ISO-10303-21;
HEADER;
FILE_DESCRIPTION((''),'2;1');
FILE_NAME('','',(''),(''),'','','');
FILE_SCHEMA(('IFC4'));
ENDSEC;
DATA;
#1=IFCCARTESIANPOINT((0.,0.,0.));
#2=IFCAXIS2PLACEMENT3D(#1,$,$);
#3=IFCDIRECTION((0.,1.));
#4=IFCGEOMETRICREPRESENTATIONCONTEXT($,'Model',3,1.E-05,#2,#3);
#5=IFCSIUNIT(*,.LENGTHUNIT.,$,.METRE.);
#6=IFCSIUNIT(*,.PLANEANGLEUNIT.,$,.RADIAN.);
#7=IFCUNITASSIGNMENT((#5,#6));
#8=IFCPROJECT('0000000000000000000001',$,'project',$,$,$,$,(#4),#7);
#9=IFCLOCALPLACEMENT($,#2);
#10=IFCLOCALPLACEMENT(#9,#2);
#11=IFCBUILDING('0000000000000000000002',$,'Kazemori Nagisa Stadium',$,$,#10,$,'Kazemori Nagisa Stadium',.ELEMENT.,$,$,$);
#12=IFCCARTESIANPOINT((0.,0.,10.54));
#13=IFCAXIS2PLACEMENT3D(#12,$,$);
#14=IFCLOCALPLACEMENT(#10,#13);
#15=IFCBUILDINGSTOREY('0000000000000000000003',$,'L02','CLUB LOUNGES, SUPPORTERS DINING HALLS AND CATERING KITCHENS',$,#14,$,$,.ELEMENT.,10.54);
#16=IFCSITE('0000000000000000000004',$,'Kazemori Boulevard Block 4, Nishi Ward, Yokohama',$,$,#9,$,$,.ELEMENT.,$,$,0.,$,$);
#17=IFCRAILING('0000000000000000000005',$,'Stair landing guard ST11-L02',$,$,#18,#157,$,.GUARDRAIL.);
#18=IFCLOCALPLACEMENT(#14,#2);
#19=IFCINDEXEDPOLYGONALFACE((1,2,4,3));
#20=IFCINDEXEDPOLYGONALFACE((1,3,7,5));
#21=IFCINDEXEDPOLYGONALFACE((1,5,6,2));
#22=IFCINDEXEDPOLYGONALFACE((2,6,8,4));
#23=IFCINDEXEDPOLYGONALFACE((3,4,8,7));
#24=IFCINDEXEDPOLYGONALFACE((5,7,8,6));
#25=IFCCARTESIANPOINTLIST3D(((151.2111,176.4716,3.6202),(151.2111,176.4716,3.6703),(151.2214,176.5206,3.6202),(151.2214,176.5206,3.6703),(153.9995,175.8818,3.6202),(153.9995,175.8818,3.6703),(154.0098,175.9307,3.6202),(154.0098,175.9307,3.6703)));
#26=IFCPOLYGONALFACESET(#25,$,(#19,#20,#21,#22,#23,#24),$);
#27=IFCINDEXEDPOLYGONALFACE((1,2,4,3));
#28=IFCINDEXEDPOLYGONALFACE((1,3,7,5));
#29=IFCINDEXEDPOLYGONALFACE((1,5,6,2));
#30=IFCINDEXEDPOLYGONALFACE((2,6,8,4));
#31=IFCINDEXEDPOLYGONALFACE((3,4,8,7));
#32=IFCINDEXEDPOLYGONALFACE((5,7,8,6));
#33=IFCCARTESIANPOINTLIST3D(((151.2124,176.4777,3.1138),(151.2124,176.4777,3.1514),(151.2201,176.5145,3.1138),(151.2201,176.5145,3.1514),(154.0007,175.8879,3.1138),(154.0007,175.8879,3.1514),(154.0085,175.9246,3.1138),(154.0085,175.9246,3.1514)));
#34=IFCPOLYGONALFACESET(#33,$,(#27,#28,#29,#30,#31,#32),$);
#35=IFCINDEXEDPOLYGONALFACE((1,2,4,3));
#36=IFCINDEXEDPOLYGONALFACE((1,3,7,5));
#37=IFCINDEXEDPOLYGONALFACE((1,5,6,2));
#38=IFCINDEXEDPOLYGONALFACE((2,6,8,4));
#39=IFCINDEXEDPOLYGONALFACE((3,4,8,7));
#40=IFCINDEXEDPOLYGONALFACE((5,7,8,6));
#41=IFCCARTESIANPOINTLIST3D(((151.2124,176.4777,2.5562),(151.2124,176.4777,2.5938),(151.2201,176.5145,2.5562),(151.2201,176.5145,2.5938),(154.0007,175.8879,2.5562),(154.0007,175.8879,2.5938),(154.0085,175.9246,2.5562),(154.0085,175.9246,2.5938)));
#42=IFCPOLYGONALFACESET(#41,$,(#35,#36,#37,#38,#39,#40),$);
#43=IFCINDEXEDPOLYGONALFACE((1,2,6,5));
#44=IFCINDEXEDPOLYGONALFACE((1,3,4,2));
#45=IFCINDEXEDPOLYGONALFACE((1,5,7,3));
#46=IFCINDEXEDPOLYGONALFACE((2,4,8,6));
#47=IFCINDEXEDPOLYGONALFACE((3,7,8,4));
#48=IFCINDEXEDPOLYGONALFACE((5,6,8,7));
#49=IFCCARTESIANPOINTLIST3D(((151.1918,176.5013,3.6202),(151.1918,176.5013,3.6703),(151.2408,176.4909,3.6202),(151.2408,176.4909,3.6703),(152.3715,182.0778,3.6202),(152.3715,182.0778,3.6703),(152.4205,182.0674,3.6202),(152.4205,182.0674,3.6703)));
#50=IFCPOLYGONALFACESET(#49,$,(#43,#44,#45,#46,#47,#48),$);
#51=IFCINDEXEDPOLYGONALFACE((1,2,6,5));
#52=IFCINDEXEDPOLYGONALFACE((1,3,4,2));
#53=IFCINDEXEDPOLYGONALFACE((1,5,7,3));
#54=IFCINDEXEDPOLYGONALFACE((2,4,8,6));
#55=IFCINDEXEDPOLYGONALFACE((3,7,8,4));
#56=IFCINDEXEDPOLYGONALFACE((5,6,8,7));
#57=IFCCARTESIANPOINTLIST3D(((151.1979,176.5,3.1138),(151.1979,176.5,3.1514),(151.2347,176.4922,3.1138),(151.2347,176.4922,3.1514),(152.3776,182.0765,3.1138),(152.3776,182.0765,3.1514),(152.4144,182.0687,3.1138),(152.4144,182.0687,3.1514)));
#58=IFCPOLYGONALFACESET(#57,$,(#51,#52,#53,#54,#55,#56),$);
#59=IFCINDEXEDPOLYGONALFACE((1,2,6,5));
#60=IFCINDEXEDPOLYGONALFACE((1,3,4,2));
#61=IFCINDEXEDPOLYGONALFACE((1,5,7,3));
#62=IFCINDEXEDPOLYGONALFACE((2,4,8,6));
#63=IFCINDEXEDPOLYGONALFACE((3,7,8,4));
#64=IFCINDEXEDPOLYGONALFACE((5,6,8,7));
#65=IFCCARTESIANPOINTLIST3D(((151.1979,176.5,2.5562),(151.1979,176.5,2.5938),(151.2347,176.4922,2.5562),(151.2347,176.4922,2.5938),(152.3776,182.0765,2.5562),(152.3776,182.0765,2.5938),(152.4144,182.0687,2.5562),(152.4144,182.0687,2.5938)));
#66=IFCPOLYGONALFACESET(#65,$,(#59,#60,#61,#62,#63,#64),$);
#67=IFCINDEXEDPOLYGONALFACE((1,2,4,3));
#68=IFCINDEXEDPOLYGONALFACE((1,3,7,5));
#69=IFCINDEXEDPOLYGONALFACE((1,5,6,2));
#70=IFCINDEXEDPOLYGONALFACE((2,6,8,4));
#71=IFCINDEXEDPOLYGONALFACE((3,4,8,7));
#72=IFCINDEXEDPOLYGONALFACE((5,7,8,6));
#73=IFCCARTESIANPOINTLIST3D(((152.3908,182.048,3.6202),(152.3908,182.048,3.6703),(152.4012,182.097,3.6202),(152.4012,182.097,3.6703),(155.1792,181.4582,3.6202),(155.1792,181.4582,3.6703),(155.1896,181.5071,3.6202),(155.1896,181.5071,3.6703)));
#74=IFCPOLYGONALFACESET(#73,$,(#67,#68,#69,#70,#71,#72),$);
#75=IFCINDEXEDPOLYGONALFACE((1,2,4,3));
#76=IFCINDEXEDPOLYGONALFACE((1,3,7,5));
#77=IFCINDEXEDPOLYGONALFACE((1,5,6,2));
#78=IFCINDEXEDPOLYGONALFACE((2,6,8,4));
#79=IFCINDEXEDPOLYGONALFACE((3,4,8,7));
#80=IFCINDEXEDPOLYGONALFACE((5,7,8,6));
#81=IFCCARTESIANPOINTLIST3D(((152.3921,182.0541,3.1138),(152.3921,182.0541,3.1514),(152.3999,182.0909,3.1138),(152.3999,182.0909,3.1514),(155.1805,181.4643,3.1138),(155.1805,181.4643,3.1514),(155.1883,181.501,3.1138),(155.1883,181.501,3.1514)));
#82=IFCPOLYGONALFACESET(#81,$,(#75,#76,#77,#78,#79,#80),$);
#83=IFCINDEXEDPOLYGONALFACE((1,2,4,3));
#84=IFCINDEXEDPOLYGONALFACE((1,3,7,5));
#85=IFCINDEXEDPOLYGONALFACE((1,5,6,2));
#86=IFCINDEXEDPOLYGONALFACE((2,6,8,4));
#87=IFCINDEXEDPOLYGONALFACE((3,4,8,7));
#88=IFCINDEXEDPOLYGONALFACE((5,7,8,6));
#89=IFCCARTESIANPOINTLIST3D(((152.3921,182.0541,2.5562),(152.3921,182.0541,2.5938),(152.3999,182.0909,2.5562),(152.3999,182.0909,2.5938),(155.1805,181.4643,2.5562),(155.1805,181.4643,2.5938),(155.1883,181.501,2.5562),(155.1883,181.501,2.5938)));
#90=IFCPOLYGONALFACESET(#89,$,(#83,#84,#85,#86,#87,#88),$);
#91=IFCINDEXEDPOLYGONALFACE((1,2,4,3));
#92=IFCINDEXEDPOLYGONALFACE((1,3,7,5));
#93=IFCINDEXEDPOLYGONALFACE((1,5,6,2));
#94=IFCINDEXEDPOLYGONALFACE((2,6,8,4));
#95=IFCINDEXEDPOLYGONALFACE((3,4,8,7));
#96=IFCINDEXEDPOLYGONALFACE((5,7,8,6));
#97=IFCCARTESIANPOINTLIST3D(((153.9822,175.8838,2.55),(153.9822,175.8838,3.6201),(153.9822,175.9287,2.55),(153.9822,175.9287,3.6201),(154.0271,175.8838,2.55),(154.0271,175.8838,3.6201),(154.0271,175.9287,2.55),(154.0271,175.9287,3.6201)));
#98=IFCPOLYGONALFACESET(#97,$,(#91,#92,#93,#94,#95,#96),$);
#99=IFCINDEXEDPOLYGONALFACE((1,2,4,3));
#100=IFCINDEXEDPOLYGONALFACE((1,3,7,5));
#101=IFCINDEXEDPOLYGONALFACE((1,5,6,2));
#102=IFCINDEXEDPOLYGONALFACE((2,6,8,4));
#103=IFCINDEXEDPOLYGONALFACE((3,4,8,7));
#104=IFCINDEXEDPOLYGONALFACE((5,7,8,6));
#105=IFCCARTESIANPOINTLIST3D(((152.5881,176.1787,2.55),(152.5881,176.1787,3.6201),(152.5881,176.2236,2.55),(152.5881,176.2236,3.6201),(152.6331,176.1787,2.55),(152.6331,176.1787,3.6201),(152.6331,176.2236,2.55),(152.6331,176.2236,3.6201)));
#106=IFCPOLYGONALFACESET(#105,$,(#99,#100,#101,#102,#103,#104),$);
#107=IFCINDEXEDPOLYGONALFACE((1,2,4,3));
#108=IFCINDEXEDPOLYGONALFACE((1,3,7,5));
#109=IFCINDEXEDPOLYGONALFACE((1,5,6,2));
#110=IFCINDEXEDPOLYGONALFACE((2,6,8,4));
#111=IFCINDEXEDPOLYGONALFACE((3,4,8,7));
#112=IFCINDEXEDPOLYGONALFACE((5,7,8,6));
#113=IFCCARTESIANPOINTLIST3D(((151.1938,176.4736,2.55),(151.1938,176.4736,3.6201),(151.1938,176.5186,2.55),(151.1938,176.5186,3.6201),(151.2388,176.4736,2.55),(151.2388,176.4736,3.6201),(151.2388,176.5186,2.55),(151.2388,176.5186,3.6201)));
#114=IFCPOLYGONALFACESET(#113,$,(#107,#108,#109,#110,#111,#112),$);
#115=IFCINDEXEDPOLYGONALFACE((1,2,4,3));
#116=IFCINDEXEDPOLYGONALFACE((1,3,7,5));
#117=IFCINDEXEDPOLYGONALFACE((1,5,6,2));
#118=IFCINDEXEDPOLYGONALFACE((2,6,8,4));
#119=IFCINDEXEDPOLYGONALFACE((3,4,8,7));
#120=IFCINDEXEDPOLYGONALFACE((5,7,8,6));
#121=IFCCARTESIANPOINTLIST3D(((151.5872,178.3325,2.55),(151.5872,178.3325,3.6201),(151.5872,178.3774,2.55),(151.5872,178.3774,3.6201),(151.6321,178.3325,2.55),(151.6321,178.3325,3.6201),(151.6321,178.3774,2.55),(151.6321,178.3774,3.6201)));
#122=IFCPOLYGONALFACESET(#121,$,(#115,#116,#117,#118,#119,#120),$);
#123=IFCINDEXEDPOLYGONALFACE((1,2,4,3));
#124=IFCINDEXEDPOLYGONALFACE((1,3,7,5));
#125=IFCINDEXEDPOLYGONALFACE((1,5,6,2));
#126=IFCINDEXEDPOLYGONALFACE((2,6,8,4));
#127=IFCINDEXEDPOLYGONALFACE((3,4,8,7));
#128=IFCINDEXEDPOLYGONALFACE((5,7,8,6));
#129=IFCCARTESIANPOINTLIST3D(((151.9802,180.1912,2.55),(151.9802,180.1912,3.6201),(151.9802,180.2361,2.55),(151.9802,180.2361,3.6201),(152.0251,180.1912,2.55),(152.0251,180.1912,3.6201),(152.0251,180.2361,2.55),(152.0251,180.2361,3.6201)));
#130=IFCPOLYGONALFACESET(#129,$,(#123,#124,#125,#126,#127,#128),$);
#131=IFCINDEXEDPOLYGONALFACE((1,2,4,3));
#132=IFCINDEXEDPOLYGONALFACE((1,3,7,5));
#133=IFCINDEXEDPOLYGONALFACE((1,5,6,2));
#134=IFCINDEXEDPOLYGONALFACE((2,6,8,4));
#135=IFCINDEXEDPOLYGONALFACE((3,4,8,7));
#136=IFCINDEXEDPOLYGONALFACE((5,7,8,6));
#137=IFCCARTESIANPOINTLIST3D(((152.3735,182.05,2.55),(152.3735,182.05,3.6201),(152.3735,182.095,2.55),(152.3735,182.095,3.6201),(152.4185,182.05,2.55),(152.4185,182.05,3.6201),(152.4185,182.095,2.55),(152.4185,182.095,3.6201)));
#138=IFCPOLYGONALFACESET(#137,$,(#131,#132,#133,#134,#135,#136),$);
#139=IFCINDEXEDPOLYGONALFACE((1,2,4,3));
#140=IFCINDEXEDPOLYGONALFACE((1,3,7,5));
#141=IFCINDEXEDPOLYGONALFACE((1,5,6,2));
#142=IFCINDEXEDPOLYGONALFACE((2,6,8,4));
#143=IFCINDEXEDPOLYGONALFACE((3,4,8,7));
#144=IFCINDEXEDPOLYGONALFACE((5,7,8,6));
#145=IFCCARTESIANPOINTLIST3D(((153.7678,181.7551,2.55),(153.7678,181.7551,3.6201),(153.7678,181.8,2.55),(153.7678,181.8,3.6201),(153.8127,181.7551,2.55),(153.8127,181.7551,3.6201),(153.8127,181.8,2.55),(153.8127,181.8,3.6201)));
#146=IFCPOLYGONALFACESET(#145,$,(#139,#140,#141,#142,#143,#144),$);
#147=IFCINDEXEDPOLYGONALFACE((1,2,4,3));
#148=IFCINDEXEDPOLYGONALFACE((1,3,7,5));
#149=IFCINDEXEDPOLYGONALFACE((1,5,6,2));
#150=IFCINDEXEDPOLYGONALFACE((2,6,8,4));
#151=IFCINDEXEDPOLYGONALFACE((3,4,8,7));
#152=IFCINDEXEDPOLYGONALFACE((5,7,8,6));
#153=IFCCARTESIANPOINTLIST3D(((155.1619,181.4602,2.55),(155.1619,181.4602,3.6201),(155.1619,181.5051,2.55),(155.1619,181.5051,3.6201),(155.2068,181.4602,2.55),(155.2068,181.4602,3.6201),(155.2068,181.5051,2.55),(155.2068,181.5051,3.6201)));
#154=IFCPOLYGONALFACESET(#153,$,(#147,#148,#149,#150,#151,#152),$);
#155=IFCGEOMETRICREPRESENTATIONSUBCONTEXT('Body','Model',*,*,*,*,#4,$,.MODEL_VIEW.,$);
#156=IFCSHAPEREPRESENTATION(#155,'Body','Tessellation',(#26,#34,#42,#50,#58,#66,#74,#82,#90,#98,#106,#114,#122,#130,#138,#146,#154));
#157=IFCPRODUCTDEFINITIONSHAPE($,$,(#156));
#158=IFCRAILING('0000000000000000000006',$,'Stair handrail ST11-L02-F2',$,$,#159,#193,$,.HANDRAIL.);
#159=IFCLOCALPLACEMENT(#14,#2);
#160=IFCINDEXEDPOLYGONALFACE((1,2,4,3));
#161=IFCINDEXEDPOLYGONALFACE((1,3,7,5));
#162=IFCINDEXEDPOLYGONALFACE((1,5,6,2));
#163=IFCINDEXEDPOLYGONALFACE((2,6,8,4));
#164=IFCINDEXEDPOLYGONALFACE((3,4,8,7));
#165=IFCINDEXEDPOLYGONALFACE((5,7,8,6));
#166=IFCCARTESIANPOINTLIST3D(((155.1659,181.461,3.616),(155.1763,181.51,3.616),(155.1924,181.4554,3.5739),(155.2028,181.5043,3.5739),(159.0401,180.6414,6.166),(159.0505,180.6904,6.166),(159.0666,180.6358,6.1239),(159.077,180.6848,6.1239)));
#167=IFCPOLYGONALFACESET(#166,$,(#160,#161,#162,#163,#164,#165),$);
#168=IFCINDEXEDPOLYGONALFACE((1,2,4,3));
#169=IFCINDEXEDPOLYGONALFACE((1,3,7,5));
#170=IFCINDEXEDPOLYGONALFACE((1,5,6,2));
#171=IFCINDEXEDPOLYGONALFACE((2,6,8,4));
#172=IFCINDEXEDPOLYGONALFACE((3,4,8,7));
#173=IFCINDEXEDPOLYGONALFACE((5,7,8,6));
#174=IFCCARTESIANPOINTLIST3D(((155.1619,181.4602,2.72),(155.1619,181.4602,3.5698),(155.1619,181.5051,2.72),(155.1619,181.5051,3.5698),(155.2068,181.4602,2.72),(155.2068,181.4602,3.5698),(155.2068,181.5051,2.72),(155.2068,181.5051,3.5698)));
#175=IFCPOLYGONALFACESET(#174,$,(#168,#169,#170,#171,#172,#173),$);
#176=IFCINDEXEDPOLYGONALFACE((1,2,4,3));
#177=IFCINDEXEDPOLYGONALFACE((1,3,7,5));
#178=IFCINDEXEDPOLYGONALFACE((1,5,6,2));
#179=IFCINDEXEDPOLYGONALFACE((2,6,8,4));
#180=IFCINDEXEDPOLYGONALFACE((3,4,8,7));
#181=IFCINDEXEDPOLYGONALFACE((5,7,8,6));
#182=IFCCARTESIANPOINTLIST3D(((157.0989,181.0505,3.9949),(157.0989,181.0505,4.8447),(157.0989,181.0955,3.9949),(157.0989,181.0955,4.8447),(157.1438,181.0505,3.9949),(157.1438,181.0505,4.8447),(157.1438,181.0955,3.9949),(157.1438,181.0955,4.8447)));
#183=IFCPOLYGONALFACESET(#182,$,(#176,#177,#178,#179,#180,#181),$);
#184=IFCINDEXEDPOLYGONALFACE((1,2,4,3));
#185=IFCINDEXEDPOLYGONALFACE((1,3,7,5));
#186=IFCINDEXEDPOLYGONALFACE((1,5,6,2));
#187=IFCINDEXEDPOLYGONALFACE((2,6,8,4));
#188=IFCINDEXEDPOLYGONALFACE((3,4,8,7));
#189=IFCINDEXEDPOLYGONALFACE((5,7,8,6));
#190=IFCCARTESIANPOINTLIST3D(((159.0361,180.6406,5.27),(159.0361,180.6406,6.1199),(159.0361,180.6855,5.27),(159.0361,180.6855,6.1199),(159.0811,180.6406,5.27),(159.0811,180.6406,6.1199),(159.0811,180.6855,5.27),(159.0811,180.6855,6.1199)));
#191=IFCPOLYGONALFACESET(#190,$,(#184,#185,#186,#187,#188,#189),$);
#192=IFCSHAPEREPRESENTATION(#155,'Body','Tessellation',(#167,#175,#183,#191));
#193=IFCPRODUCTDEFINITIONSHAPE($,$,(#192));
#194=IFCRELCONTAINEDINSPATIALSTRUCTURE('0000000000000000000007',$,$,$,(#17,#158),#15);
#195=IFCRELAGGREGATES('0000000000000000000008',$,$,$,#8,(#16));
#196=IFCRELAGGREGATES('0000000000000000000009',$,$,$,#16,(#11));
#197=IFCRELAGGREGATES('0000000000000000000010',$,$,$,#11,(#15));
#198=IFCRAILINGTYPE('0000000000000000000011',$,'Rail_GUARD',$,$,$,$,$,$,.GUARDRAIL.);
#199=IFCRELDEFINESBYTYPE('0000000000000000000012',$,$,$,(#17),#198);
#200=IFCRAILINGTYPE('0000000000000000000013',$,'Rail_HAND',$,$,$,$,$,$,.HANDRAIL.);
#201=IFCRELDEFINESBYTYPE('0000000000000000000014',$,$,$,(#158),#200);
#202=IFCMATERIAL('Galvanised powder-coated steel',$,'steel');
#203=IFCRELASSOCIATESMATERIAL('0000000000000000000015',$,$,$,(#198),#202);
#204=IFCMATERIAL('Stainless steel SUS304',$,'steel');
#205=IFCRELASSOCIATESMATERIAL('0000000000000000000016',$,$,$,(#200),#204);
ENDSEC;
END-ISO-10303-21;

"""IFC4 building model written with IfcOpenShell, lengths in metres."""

from ifc_helpers import new_model, si_unit, direction, frame, origin, origin_2d, place, context, subcontext, project, spatial, rectangle, extrude, material, type_object, element, save


model = new_model("IFC4")

# Units and contexts
model_context = context("Model", 3, precision=1e-05, world=origin(), true_north=direction((0.0, 1.0)))
body_context = subcontext(model_context, "Body", "Model", "MODEL_VIEW")
ifc_project = project(units=[si_unit("LENGTHUNIT", "METRE"), si_unit("PLANEANGLEUNIT", "RADIAN")], contexts=[model_context])

# Site, building, storey
site_placement = place(None, origin())
site = spatial("IfcSite", under=ifc_project, at=site_placement, Name="Kazemori Boulevard Block 4, Nishi Ward, Yokohama", CompositionType="ELEMENT", RefElevation=0.0)
building_placement = place(site_placement, origin())
building = spatial("IfcBuilding", under=site, at=building_placement, Name="Kazemori Nagisa Stadium", LongName="Kazemori Nagisa Stadium", CompositionType="ELEMENT")
storey_placement = place(building_placement, frame((0.0, 0.0, 10.54)))
storey = spatial("IfcBuildingStorey", under=building, at=storey_placement, Name="L02", Description="CLUB LOUNGES, SUPPORTERS DINING HALLS AND CATERING KITCHENS", CompositionType="ELEMENT", Elevation=10.54)

# Shared definitions
ifc_material_1 = material(Name="Stainless steel SUS304", Category="steel")

# Railings
ifc_material_2 = material(Name="Galvanised powder-coated steel", Category="steel")
railing_type_1 = type_object("IfcRailingType", Name="Rail_GUARD", PredefinedType="GUARDRAIL", material=ifc_material_2)
railing_1_placement = place(storey_placement, frame((154.0046, 175.9062, 2.55)))
element("IfcRailing", 1, at=railing_1_placement, inside=storey, type_object=railing_type_1, Name="Stair landing guard ST11-L02", PredefinedType="GUARDRAIL", context=body_context, shape_type="SweptSolid", body=[
    extrude(rectangle(XDim=0.05, YDim=0.05, at=origin_2d()), frame((0.0, 0.0, 1.0952), z_axis=(-0.978349, 0.20696, 0.0), x_axis=(-0.20696, -0.978349, 0.0)), (0.0, 0.0, 1.0), 2.8501),
    extrude(rectangle(XDim=0.0376, YDim=0.0376, at=origin_2d()), frame((0.0, 0.0, 0.5825), z_axis=(-0.978349, 0.20696, 0.0), x_axis=(-0.20696, -0.978349, 0.0)), (0.0, 0.0, 1.0), 2.8501),
    extrude(rectangle(XDim=0.0376, YDim=0.0376, at=origin_2d()), frame((0.0, 0.0, 0.0249), z_axis=(-0.978349, 0.20696, 0.0), x_axis=(-0.20696, -0.978349, 0.0)), (0.0, 0.0, 1.0), 2.8501),
    extrude(rectangle(XDim=0.05, YDim=0.05, at=origin_2d()), frame((-2.7883, 0.5898, 1.0952), z_axis=(0.206969, 0.978348, 0.0), x_axis=(-0.978348, 0.206969, 0.0)), (0.0, 0.0, 1.0), 5.7),
    extrude(rectangle(XDim=0.0376, YDim=0.0376, at=origin_2d()), frame((-2.7883, 0.5898, 0.5825), z_axis=(0.206969, 0.978348, 0.0), x_axis=(-0.978348, 0.206969, 0.0)), (0.0, 0.0, 1.0), 5.7),
    extrude(rectangle(XDim=0.0376, YDim=0.0376, at=origin_2d()), frame((-2.7883, 0.5898, 0.0249), z_axis=(0.206969, 0.978348, 0.0), x_axis=(-0.978348, 0.206969, 0.0)), (0.0, 0.0, 1.0), 5.7),
    extrude(rectangle(XDim=0.05, YDim=0.05, at=origin_2d()), frame((-1.6086, 6.1663, 1.0952), z_axis=(0.978349, -0.20696, 0.0), x_axis=(0.20696, 0.978349, 0.0)), (0.0, 0.0, 1.0), 2.8501),
    extrude(rectangle(XDim=0.0376, YDim=0.0376, at=origin_2d()), frame((-1.6086, 6.1663, 0.5825), z_axis=(0.978349, -0.20696, 0.0), x_axis=(0.20696, 0.978349, 0.0)), (0.0, 0.0, 1.0), 2.8501),
    extrude(rectangle(XDim=0.0376, YDim=0.0376, at=origin_2d()), frame((-1.6086, 6.1663, 0.0249), z_axis=(0.978349, -0.20696, 0.0), x_axis=(0.20696, 0.978349, 0.0)), (0.0, 0.0, 1.0), 2.8501),
    extrude(rectangle(XDim=0.0449, YDim=0.0449, at=origin_2d()), origin(), (0.0, 0.0, 1.0), 1.0701),
    extrude(rectangle(XDim=0.0449, YDim=0.0449, at=origin_2d()), frame((-1.394, 0.2949, 0.0)), (0.0, 0.0, 1.0), 1.0701),
    extrude(rectangle(XDim=0.0449, YDim=0.0449, at=origin_2d()), frame((-2.7883, 0.5898, 0.0)), (0.0, 0.0, 1.0), 1.0701),
    extrude(rectangle(XDim=0.0449, YDim=0.0449, at=origin_2d()), frame((-2.395, 2.4487, 0.0)), (0.0, 0.0, 1.0), 1.0701),
    extrude(rectangle(XDim=0.0449, YDim=0.0449, at=origin_2d()), frame((-2.002, 4.3074, 0.0)), (0.0, 0.0, 1.0), 1.0701),
    extrude(rectangle(XDim=0.0449, YDim=0.0449, at=origin_2d()), frame((-1.6086, 6.1663, 0.0)), (0.0, 0.0, 1.0), 1.0701),
    extrude(rectangle(XDim=0.0449, YDim=0.0449, at=origin_2d()), frame((-0.2144, 5.8713, 0.0)), (0.0, 0.0, 1.0), 1.0701),
    extrude(rectangle(XDim=0.0449, YDim=0.0449, at=origin_2d()), frame((1.1797, 5.5764, 0.0)), (0.0, 0.0, 1.0), 1.0701),
])
railing_type_2 = type_object("IfcRailingType", Name="Rail_HAND", PredefinedType="HANDRAIL", material=ifc_material_1)
railing_2_placement = place(storey_placement, frame((155.1843, 181.4827, 2.72)))
element("IfcRailing", 2, at=railing_2_placement, inside=storey, type_object=railing_type_2, Name="Stair handrail ST11-L02-F2", PredefinedType="HANDRAIL", context=body_context, shape_type="SweptSolid", body=[
    extrude(rectangle(XDim=0.05, YDim=0.05, at=origin_2d()), frame((0.0, 0.0, 0.875), z_axis=(0.822556, -0.174007, 0.541408), x_axis=(0.206964, 0.978349, 0.0)), (0.0, 0.0, 1.0), 4.71),
    extrude(rectangle(XDim=0.0449, YDim=0.0449, at=origin_2d()), origin(), (0.0, 0.0, 1.0), 0.8499),
    extrude(rectangle(XDim=0.0449, YDim=0.0449, at=origin_2d()), frame((1.937, -0.4097, 1.2749)), (0.0, 0.0, 1.0), 0.8499),
    extrude(rectangle(XDim=0.0449, YDim=0.0449, at=origin_2d()), frame((3.8743, -0.8196, 2.55)), (0.0, 0.0, 1.0), 0.8499),
])

save(model, "model.ifc")
